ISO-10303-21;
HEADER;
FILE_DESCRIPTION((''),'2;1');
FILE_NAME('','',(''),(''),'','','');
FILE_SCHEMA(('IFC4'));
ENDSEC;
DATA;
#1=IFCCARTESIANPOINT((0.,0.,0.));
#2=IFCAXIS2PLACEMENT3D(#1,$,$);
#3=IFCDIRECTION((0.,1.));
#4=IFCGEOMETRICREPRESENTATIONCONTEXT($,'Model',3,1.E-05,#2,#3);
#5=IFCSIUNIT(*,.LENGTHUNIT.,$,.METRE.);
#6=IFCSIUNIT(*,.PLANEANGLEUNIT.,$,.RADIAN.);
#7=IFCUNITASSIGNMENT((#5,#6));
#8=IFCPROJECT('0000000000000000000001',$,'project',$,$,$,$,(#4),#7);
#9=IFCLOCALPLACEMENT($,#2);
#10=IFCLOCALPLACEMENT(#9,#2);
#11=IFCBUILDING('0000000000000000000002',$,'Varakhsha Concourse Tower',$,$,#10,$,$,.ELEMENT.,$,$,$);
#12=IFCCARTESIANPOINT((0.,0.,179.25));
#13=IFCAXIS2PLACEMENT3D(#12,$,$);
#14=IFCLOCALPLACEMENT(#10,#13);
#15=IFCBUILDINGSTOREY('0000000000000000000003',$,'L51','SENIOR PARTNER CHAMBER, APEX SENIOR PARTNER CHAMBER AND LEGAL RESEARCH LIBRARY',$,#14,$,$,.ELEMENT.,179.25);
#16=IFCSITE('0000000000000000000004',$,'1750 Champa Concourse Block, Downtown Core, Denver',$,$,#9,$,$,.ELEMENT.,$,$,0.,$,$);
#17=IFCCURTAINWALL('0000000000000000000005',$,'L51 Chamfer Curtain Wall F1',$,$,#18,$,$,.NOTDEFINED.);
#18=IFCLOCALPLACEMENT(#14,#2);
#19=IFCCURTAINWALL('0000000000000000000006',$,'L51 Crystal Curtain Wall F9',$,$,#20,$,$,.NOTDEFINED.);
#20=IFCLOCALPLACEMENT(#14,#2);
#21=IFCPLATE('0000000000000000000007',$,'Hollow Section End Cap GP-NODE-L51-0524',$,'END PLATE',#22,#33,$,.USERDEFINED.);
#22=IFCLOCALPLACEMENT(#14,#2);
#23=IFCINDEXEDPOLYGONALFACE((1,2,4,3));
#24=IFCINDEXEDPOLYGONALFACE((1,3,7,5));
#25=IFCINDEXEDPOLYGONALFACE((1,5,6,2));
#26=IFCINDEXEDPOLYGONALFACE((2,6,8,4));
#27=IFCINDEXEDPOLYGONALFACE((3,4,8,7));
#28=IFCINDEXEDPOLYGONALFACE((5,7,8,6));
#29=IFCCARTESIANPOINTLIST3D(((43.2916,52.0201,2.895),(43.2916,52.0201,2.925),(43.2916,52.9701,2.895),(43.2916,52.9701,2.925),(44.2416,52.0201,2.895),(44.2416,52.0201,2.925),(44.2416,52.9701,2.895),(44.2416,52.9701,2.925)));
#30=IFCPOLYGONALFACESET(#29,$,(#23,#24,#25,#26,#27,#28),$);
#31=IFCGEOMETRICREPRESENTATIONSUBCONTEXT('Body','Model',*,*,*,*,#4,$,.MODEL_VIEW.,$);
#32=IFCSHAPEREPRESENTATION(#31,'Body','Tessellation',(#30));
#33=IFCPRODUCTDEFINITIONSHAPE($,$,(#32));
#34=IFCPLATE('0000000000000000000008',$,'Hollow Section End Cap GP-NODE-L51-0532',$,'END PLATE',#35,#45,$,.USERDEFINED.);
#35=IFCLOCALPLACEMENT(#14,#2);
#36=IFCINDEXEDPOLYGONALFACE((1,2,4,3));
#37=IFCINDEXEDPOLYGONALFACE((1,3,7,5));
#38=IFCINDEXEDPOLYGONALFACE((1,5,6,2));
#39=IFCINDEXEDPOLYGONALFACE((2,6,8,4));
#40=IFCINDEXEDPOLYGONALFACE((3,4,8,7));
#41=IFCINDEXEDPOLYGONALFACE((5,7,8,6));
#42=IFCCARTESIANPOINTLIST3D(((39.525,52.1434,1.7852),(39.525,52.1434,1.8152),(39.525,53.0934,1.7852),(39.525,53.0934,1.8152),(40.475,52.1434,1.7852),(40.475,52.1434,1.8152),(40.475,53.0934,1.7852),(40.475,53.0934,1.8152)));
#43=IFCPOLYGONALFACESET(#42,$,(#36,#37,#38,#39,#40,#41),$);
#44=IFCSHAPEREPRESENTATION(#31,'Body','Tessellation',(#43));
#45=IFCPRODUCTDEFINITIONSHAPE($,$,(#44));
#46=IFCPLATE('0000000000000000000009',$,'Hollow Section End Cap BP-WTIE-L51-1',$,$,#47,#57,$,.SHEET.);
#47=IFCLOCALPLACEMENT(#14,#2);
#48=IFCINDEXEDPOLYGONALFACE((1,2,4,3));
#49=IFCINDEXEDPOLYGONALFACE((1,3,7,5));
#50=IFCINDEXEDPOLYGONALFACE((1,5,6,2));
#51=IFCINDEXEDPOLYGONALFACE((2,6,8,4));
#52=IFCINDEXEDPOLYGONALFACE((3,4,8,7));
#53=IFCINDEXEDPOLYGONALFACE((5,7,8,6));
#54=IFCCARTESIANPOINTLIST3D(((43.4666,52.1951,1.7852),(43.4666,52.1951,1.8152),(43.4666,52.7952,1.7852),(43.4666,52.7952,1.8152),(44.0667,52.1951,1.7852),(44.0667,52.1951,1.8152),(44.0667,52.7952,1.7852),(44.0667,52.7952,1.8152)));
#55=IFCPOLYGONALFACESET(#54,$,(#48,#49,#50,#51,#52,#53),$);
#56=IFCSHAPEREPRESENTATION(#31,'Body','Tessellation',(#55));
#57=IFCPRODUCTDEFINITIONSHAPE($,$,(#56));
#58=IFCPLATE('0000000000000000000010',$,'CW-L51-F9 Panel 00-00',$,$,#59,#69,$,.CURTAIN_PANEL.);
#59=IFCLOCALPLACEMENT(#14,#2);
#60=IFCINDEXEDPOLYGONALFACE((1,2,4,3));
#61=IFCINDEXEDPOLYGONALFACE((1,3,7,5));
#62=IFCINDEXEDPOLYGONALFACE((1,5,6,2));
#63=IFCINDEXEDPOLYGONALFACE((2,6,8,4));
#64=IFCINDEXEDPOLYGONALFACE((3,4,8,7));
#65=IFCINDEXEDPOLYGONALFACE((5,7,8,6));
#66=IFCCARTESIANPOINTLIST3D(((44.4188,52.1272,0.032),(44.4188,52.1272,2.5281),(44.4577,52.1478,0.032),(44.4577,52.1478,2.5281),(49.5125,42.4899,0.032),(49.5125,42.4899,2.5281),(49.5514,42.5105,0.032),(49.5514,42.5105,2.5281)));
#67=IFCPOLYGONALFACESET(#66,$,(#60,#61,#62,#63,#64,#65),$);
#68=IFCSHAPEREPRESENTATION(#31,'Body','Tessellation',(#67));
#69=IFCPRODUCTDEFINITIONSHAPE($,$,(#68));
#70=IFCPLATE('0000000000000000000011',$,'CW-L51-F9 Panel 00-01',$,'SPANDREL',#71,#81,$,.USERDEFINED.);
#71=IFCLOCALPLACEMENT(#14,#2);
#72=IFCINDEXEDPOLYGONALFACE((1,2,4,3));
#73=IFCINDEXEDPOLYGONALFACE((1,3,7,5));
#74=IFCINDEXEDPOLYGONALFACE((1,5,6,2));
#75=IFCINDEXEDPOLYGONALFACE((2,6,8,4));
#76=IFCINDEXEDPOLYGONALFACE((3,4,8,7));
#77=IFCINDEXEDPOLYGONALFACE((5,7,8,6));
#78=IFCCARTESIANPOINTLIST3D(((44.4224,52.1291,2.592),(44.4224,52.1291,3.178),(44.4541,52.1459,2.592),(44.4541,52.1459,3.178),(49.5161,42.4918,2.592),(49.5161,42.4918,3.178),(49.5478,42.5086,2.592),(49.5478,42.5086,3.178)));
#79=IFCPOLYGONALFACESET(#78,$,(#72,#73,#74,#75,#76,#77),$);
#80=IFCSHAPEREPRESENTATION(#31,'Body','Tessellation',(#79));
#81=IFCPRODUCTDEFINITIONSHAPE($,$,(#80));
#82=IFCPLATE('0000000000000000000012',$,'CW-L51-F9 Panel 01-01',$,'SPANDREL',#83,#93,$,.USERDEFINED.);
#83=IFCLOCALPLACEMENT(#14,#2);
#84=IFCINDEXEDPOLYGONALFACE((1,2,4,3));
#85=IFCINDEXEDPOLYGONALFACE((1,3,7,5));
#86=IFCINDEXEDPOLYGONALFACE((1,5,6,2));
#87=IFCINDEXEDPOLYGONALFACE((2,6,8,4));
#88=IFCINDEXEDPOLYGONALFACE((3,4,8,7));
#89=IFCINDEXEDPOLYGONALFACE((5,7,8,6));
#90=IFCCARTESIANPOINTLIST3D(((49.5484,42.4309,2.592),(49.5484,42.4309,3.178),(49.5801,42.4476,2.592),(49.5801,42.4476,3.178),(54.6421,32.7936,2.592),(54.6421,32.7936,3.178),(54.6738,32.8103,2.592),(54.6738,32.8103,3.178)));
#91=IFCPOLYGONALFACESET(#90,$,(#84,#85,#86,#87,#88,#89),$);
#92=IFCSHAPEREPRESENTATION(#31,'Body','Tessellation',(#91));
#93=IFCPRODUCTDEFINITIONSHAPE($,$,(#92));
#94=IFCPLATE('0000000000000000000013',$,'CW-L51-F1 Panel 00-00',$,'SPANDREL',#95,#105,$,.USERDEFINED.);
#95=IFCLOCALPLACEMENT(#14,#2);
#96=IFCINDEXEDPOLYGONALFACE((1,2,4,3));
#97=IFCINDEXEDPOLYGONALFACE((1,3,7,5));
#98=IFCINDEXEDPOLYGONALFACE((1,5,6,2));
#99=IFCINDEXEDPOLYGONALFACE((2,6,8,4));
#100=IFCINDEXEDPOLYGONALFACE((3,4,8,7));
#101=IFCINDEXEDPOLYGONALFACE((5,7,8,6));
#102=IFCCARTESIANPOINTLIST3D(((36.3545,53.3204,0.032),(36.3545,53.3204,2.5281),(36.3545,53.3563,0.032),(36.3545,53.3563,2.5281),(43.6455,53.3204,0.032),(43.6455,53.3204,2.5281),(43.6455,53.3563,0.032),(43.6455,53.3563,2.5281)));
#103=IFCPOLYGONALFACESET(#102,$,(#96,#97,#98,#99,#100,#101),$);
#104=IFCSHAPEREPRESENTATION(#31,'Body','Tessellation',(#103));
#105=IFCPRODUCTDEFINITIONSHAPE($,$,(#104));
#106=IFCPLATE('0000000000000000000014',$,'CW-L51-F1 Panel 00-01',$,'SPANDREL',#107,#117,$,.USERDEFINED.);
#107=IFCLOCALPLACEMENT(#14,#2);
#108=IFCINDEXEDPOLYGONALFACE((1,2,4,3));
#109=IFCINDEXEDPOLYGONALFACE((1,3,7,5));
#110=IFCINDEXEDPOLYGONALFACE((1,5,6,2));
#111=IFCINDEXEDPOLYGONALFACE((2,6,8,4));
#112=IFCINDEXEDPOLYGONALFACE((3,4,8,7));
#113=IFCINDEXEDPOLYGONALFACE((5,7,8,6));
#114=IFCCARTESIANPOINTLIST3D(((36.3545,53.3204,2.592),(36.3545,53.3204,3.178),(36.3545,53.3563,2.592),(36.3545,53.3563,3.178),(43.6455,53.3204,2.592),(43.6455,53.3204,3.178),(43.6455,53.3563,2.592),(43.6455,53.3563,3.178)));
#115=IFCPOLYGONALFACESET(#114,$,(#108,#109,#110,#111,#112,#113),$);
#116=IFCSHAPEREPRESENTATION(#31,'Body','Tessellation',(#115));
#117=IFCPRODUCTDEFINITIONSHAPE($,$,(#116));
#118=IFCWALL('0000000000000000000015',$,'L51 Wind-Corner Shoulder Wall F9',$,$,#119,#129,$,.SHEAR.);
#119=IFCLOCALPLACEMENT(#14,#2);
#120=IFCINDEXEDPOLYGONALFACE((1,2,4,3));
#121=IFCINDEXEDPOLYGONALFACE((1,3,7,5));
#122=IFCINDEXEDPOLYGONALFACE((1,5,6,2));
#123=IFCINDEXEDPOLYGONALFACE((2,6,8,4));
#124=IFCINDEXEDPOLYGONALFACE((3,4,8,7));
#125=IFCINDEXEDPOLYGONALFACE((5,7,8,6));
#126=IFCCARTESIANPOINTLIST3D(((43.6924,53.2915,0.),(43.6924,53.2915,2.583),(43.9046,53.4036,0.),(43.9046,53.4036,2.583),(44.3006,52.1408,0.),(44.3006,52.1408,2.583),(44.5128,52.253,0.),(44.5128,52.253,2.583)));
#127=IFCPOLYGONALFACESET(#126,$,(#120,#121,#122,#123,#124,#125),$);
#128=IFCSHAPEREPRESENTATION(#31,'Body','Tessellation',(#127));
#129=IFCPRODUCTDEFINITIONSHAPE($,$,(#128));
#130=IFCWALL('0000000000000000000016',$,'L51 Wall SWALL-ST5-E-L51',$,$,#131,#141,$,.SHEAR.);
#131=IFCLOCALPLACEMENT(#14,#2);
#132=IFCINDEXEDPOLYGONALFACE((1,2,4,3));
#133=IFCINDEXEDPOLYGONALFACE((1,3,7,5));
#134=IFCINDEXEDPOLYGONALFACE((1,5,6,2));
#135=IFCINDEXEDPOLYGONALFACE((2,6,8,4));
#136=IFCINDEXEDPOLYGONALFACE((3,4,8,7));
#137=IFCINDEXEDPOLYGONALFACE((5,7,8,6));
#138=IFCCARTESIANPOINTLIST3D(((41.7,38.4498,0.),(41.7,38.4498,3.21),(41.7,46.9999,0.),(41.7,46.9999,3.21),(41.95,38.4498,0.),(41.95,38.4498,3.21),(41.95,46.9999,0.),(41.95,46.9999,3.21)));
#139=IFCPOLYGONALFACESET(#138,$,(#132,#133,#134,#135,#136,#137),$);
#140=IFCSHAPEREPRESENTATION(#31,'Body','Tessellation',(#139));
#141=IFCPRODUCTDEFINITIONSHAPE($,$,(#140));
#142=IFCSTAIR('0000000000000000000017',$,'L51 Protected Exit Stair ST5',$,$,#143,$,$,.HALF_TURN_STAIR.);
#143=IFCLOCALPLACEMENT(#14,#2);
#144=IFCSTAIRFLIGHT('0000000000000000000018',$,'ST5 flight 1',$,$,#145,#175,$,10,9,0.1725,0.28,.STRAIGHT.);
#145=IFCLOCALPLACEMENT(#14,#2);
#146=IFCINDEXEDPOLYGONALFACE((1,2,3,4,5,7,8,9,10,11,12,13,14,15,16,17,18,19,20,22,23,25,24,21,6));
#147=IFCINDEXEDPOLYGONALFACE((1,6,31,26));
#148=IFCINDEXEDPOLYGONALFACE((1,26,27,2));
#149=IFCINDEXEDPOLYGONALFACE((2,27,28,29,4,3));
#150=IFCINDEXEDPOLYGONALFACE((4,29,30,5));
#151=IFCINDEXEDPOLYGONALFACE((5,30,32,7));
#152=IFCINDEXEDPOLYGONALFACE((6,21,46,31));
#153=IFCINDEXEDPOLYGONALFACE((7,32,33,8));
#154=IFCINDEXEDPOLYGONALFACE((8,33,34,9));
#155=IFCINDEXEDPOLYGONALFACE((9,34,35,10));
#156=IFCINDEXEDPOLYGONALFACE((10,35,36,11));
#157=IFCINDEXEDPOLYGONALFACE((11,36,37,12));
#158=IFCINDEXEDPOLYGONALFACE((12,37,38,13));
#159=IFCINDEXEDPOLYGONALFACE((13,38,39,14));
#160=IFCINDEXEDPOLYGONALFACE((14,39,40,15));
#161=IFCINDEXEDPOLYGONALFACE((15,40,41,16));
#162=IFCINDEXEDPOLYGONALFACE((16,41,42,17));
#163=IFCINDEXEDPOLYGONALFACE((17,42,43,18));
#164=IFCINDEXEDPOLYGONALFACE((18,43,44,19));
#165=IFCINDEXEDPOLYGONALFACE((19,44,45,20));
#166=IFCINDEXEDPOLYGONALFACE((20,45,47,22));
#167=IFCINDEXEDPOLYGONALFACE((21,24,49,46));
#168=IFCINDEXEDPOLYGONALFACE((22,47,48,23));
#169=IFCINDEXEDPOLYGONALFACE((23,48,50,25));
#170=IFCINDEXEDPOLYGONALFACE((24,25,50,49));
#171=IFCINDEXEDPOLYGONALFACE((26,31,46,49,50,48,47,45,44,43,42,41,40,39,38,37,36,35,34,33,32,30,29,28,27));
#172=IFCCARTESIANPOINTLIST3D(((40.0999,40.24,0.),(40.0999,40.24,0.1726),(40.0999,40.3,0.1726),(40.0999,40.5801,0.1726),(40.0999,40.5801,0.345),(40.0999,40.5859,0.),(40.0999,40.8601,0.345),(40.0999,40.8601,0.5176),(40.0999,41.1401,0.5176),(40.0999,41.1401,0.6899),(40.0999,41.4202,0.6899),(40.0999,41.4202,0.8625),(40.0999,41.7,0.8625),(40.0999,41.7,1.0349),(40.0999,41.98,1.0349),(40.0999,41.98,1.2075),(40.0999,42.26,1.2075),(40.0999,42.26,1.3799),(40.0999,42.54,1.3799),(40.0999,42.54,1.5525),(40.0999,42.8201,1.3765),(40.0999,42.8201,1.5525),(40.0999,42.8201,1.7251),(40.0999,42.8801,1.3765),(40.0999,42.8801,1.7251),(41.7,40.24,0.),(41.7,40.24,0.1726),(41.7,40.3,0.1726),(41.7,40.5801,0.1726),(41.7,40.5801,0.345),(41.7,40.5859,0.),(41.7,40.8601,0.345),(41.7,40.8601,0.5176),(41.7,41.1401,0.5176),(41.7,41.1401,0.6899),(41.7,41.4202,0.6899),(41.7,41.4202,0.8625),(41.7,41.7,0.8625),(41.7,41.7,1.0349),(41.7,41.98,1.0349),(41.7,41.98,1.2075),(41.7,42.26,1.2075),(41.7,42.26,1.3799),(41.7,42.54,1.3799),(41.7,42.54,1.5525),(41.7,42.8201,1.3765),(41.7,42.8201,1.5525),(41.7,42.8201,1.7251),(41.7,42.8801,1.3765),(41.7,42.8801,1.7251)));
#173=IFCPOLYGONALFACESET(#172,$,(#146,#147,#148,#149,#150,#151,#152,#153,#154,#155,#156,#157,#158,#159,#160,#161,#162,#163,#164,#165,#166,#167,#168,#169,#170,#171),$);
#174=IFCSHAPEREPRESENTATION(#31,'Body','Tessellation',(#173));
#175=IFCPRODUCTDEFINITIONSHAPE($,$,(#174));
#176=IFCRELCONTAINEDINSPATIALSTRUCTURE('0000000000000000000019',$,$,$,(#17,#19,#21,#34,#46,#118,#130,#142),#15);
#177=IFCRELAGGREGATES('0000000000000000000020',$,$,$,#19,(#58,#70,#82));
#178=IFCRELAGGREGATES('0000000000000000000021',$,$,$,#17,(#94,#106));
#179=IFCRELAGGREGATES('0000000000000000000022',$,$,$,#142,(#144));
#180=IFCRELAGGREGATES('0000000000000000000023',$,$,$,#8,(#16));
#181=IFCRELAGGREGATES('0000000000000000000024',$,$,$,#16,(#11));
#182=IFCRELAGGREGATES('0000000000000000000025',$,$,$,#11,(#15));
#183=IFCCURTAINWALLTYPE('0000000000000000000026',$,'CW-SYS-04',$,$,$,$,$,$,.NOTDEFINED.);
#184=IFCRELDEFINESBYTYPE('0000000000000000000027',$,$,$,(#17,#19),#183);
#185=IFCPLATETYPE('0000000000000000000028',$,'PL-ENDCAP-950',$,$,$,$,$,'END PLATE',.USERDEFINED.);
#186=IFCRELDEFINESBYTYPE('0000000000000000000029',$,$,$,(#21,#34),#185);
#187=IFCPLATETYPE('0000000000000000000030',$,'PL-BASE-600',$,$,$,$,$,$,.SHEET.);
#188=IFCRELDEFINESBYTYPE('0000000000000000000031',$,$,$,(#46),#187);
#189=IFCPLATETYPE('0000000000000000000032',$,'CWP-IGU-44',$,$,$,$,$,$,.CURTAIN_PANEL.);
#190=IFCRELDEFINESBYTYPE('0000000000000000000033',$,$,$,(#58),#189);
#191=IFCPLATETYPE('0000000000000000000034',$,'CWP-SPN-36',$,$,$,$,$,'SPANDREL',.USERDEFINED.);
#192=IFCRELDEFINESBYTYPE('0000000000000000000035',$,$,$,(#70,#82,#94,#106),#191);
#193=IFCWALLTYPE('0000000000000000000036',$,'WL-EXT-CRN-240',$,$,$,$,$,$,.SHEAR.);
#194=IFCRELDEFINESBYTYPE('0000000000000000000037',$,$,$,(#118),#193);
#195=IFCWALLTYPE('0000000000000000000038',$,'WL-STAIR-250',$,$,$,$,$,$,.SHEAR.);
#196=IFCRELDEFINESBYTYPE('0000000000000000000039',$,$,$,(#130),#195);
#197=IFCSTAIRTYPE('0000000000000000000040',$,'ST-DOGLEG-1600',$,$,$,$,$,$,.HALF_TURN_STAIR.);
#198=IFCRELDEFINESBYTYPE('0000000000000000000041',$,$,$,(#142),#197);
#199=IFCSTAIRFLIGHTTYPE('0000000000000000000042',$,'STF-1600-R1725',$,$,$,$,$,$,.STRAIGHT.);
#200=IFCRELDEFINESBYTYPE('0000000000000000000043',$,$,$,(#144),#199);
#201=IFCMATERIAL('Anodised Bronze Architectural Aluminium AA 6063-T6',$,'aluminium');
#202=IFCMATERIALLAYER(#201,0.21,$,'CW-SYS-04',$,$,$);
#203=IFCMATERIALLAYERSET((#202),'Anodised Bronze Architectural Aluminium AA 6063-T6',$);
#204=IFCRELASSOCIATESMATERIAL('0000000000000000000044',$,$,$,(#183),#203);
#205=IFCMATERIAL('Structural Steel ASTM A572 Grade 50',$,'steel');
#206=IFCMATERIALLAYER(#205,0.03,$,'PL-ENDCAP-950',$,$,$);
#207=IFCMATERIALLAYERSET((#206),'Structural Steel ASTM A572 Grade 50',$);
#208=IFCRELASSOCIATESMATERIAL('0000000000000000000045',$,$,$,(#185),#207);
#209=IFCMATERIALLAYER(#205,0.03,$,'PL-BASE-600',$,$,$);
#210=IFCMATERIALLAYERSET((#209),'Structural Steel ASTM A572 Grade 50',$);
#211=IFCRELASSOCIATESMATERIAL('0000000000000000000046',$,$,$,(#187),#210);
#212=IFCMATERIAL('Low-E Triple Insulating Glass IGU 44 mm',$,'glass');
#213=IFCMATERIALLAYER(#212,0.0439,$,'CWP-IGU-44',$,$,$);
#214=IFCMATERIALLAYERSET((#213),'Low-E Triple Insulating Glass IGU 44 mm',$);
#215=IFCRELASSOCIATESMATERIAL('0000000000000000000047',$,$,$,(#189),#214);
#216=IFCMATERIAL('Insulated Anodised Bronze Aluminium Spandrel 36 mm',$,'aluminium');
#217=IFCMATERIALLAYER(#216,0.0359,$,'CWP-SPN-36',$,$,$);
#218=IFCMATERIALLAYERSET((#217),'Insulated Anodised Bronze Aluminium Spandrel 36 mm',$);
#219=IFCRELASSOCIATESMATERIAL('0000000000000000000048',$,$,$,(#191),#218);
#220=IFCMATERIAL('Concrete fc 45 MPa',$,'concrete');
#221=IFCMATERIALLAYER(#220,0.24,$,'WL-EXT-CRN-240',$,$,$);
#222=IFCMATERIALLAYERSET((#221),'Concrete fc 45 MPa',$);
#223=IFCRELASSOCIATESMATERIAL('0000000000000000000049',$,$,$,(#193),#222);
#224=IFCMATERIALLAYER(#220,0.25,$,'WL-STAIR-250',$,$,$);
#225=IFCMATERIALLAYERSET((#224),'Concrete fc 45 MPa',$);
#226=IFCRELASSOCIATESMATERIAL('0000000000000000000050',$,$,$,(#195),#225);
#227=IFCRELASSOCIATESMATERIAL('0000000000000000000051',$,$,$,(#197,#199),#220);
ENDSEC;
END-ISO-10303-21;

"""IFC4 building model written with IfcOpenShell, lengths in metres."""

from ifc_helpers import new_model, si_unit, direction, frame, frame_2d, origin, origin_2d, place, context, subcontext, project, spatial, polyline, rectangle, outline, extrude, source, transform, mapped, material, layer, layer_set, type_object, type_shapes, element, aggregate, save


model = new_model("IFC4")

# Units and contexts
model_context = context("Model", 3, precision=1e-05, world=origin(), true_north=direction((0.0, 1.0)))
body_context = subcontext(model_context, "Body", "Model", "MODEL_VIEW")
ifc_project = project(units=[si_unit("LENGTHUNIT", "METRE"), si_unit("PLANEANGLEUNIT", "RADIAN")], contexts=[model_context])

# Site, building, storey
site_placement = place(None, origin())
site = spatial("IfcSite", under=ifc_project, at=site_placement, Name="1750 Champa Concourse Block, Downtown Core, Denver", CompositionType="ELEMENT", RefElevation=0.0)
building_placement = place(site_placement, origin())
building = spatial("IfcBuilding", under=site, at=building_placement, Name="Varakhsha Concourse Tower", CompositionType="ELEMENT")
storey_placement = place(building_placement, frame((0.0, 0.0, 179.25)))
storey = spatial("IfcBuildingStorey", under=building, at=storey_placement, Name="L51", Description="SENIOR PARTNER CHAMBER, APEX SENIOR PARTNER CHAMBER AND LEGAL RESEARCH LIBRARY", CompositionType="ELEMENT", Elevation=179.25)

# Shared definitions
ifc_material_1 = material(Name="Structural Steel ASTM A572 Grade 50", Category="steel")

# Curtain wall
ifc_material_2 = material(Name="Anodised Bronze Architectural Aluminium AA 6063-T6", Category="aluminium")
ifc_layer_1 = layer(ifc_material_2, 0.21, Name="CW-SYS-04")
ifc_layer_set_1 = layer_set([ifc_layer_1], Name="Anodised Bronze Architectural Aluminium AA 6063-T6")
curtain_wall_type = type_object("IfcCurtainWallType", Name="CW-SYS-04", PredefinedType="NOTDEFINED", material=ifc_layer_set_1)
curtain_wall_1_placement = place(storey_placement, origin())
curtain_wall_1 = element("IfcCurtainWall", 1, at=curtain_wall_1_placement, inside=storey, type_object=curtain_wall_type, Name="L51 Chamfer Curtain Wall F1", PredefinedType="NOTDEFINED")

# Curtain wall
curtain_wall_2_placement = place(storey_placement, origin())
curtain_wall_2 = element("IfcCurtainWall", 2, at=curtain_wall_2_placement, inside=storey, type_object=curtain_wall_type, Name="L51 Crystal Curtain Wall F9", PredefinedType="NOTDEFINED")

# Plates
ifc_layer_2 = layer(ifc_material_1, 0.03, Name="PL-ENDCAP-950")
ifc_layer_set_2 = layer_set([ifc_layer_2], Name="Structural Steel ASTM A572 Grade 50")
plate_type_1 = type_object("IfcPlateType", Name="PL-ENDCAP-950", ElementType="END PLATE", PredefinedType="USERDEFINED", material=ifc_layer_set_2)
shared_shape_1 = source(origin(), body_context, "Body", "SweptSolid", [
    extrude(rectangle(XDim=0.95, YDim=0.95, at=origin_2d()), origin(), (0.0, 0.0, 1.0), 0.03),
])
type_shapes(plate_type_1, [shared_shape_1])
for number, where, z_axis, x_axis, name in (
    (3, (43.7666, 52.4951, 2.895), (0.0, 0.0, 1.0), (1.0, 0.0, 0.0), "Hollow Section End Cap GP-NODE-L51-0524"),
    (4, (40.0, 52.6184, 1.7852), (0.0, 0.0, 1.0), (1.0, 0.0, 0.0), "Hollow Section End Cap GP-NODE-L51-0532"),
):
    element("IfcPlate", number, at=place(storey_placement, frame(where, z_axis=z_axis, x_axis=x_axis)), inside=storey, type_object=plate_type_1, Name=name, ObjectType="END PLATE", PredefinedType="USERDEFINED", context=body_context, shape_type="MappedRepresentation", body=[
        mapped(shared_shape_1, transform((0.0, 0.0, 0.0), scale=1.0)),
    ])
ifc_layer_3 = layer(ifc_material_1, 0.03, Name="PL-BASE-600")
ifc_layer_set_3 = layer_set([ifc_layer_3], Name="Structural Steel ASTM A572 Grade 50")
plate_type_2 = type_object("IfcPlateType", Name="PL-BASE-600", PredefinedType="SHEET", material=ifc_layer_set_3)
shared_shape_2 = source(origin(), body_context, "Body", "SweptSolid", [
    extrude(rectangle(XDim=0.6001, YDim=0.6001, at=origin_2d()), origin(), (0.0, 0.0, 1.0), 0.03),
])
type_shapes(plate_type_2, [shared_shape_2])
plate_1_placement = place(storey_placement, frame((43.7666, 52.4951, 1.7852), z_axis=(0.0, 0.0, 1.0), x_axis=(1.0, 0.0, 0.0)))
element("IfcPlate", 5, at=plate_1_placement, inside=storey, type_object=plate_type_2, Name="Hollow Section End Cap BP-WTIE-L51-1", PredefinedType="SHEET", context=body_context, shape_type="MappedRepresentation", body=[
    mapped(shared_shape_2, transform((0.0, 0.0, 0.0), scale=1.0)),
])

# Plates
ifc_material_3 = material(Name="Low-E Triple Insulating Glass IGU 44 mm", Category="glass")
ifc_layer_4 = layer(ifc_material_3, 0.0439, Name="CWP-IGU-44")
ifc_layer_set_4 = layer_set([ifc_layer_4], Name="Low-E Triple Insulating Glass IGU 44 mm")
plate_type_3 = type_object("IfcPlateType", Name="CWP-IGU-44", PredefinedType="CURTAIN_PANEL", material=ifc_layer_set_4)
shared_shape_3 = source(origin(), body_context, "Body", "SweptSolid", [
    extrude(rectangle(XDim=10.9006, YDim=0.0439, at=origin_2d()), origin(), (0.0, 0.0, 1.0), 2.4961),
])
type_shapes(plate_type_3, [shared_shape_3])
plate_2_placement = place(storey_placement, frame((46.9851, 47.3188, 0.032), z_axis=(0.0, 0.0, 1.0), x_axis=(0.467286, -0.884106, 0.0)))
plate_2 = element("IfcPlate", 6, at=plate_2_placement, type_object=plate_type_3, Name="CW-L51-F9 Panel 00-00", PredefinedType="CURTAIN_PANEL", context=body_context, shape_type="MappedRepresentation", body=[
    mapped(shared_shape_3, transform((0.0, 0.0, 0.0), scale=1.0)),
])
ifc_material_4 = material(Name="Insulated Anodised Bronze Aluminium Spandrel 36 mm", Category="aluminium")
ifc_layer_5 = layer(ifc_material_4, 0.0359, Name="CWP-SPN-36")
ifc_layer_set_5 = layer_set([ifc_layer_5], Name="Insulated Anodised Bronze Aluminium Spandrel 36 mm")
plate_type_4 = type_object("IfcPlateType", Name="CWP-SPN-36", ElementType="SPANDREL", PredefinedType="USERDEFINED", material=ifc_layer_set_5)
shared_shape_4 = source(origin(), body_context, "Body", "SweptSolid", [
    extrude(rectangle(XDim=10.9006, YDim=0.0359, at=origin_2d()), origin(), (0.0, 0.0, 1.0), 0.5859),
])
plate_3_placement = place(storey_placement, frame((46.9851, 47.3188, 2.592), z_axis=(0.0, 0.0, 1.0), x_axis=(0.467286, -0.884106, 0.0)))
plate_3 = element("IfcPlate", 7, at=plate_3_placement, type_object=plate_type_4, Name="CW-L51-F9 Panel 00-01", ObjectType="SPANDREL", PredefinedType="USERDEFINED", context=body_context, shape_type="MappedRepresentation", body=[
    mapped(shared_shape_4, transform((0.0, 0.0, 0.0), scale=1.0)),
])
plate_4_placement = place(storey_placement, frame((52.1111, 37.6206, 2.592), z_axis=(0.0, 0.0, 1.0), x_axis=(0.467286, -0.884106, 0.0)))
plate_4 = element("IfcPlate", 8, at=plate_4_placement, type_object=plate_type_4, Name="CW-L51-F9 Panel 01-01", ObjectType="SPANDREL", PredefinedType="USERDEFINED", context=body_context, shape_type="MappedRepresentation", body=[
    mapped(shared_shape_4, transform((0.0, 0.0, 0.0), scale=1.0)),
])
aggregate(curtain_wall_2, [plate_2, plate_3, plate_4])
shared_shape_5 = source(origin(), body_context, "Body", "SweptSolid", [
    extrude(rectangle(XDim=7.291, YDim=0.0359, at=origin_2d()), origin(), (0.0, 0.0, 1.0), 2.4961),
])
plate_5_placement = place(storey_placement, frame((40.0, 53.3384, 0.032), z_axis=(0.0, 0.0, 1.0), x_axis=(1.0, 0.0, 0.0)))
plate_5 = element("IfcPlate", 9, at=plate_5_placement, type_object=plate_type_4, Name="CW-L51-F1 Panel 00-00", ObjectType="SPANDREL", PredefinedType="USERDEFINED", context=body_context, shape_type="MappedRepresentation", body=[
    mapped(shared_shape_5, transform((0.0, 0.0, 0.0), scale=1.0)),
])
shared_shape_6 = source(origin(), body_context, "Body", "SweptSolid", [
    extrude(rectangle(XDim=7.291, YDim=0.0359, at=origin_2d()), origin(), (0.0, 0.0, 1.0), 0.5859),
])
type_shapes(plate_type_4, [shared_shape_4, shared_shape_5, shared_shape_6])
plate_6_placement = place(storey_placement, frame((40.0, 53.3384, 2.592), z_axis=(0.0, 0.0, 1.0), x_axis=(1.0, 0.0, 0.0)))
plate_6 = element("IfcPlate", 10, at=plate_6_placement, type_object=plate_type_4, Name="CW-L51-F1 Panel 00-01", ObjectType="SPANDREL", PredefinedType="USERDEFINED", context=body_context, shape_type="MappedRepresentation", body=[
    mapped(shared_shape_6, transform((0.0, 0.0, 0.0), scale=1.0)),
])
aggregate(curtain_wall_1, [plate_5, plate_6])

# Walls
ifc_material_5 = material(Name="Concrete fc 45 MPa", Category="concrete")
ifc_layer_6 = layer(ifc_material_5, 0.24, Name="WL-EXT-CRN-240")
ifc_layer_set_6 = layer_set([ifc_layer_6], Name="Concrete fc 45 MPa")
wall_type_1 = type_object("IfcWallType", Name="WL-EXT-CRN-240", PredefinedType="SHEAR", material=ifc_layer_set_6)
wall_1_placement = place(storey_placement, frame((44.4067, 52.1968, 0.0), z_axis=(0.0, 0.0, 1.0), x_axis=(-0.467284, 0.884107, 0.0)))
element("IfcWall", 11, at=wall_1_placement, inside=storey, type_object=wall_type_1, Name="L51 Wind-Corner Shoulder Wall F9", PredefinedType="SHEAR", context=body_context, shape_type="SweptSolid", body=[
    extrude(rectangle(XDim=1.3015, YDim=0.24, at=frame_2d((0.6509, 0.0))), origin(), (0.0, 0.0, 1.0), 2.583),
])
ifc_layer_7 = layer(ifc_material_5, 0.25, Name="WL-STAIR-250")
ifc_layer_set_7 = layer_set([ifc_layer_7], Name="Concrete fc 45 MPa")
wall_type_2 = type_object("IfcWallType", Name="WL-STAIR-250", PredefinedType="SHEAR", material=ifc_layer_set_7)
wall_2_placement = place(storey_placement, frame((41.825, 38.45, 0.0), z_axis=(0.0, 0.0, 1.0), x_axis=(0.0, 1.0, 0.0)))
element("IfcWall", 12, at=wall_2_placement, inside=storey, type_object=wall_type_2, Name="L51 Wall SWALL-ST5-E-L51", PredefinedType="SHEAR", context=body_context, shape_type="SweptSolid", body=[
    extrude(rectangle(XDim=8.55, YDim=0.25, at=frame_2d((4.2749, 0.0))), origin(), (0.0, 0.0, 1.0), 3.21),
])

# Stair, stair flight
stair_type = type_object("IfcStairType", Name="ST-DOGLEG-1600", PredefinedType="HALF_TURN_STAIR", material=ifc_material_5)
stair_placement = place(storey_placement, origin())
stair = element("IfcStair", 13, at=stair_placement, inside=storey, type_object=stair_type, Name="L51 Protected Exit Stair ST5", PredefinedType="HALF_TURN_STAIR")
stair_flight_type = type_object("IfcStairFlightType", Name="STF-1600-R1725", PredefinedType="STRAIGHT", material=ifc_material_5)
stair_flight_1_placement = place(storey_placement, frame((40.8999, 40.3, 0.0), z_axis=(0.0, 0.0, 1.0), x_axis=(0.0, 1.0, 0.0)))
stair_flight_1 = element("IfcStairFlight", 14, at=stair_flight_1_placement, type_object=stair_flight_type, Name="ST5 flight 1", NumberOfRisers=10, NumberOfTreads=9, PredefinedType="STRAIGHT", RiserHeight=0.1725, TreadLength=0.28, context=body_context, shape_type="SweptSolid", body=[
    extrude(outline(polyline([(-0.0601, 0.0), (-0.0601, 0.1726), (0.0, 0.1726), (0.28, 0.1726), (0.28, 0.345), (0.5601, 0.345), (0.5601, 0.5176), (0.8401, 0.5176), (0.8401, 0.6899), (1.1201, 0.6899), (1.1201, 0.8625), (1.3999, 0.8625), (1.3999, 1.0349), (1.6799, 1.0349), (1.6799, 1.2075), (1.96, 1.2075), (1.96, 1.3799), (2.24, 1.3799), (2.24, 1.5525), (2.52, 1.5525), (2.52, 1.7251), (2.5801, 1.7251), (2.5801, 1.3765), (2.52, 1.3765), (0.2859, 0.0), (-0.0601, 0.0)])), frame((0.0, 0.8, 0.0), z_axis=(0.0, -1.0, 0.0), x_axis=(1.0, 0.0, 0.0)), (0.0, 0.0, 1.0), 1.6001),
])
aggregate(stair, [stair_flight_1])

save(model, "model.ifc")
